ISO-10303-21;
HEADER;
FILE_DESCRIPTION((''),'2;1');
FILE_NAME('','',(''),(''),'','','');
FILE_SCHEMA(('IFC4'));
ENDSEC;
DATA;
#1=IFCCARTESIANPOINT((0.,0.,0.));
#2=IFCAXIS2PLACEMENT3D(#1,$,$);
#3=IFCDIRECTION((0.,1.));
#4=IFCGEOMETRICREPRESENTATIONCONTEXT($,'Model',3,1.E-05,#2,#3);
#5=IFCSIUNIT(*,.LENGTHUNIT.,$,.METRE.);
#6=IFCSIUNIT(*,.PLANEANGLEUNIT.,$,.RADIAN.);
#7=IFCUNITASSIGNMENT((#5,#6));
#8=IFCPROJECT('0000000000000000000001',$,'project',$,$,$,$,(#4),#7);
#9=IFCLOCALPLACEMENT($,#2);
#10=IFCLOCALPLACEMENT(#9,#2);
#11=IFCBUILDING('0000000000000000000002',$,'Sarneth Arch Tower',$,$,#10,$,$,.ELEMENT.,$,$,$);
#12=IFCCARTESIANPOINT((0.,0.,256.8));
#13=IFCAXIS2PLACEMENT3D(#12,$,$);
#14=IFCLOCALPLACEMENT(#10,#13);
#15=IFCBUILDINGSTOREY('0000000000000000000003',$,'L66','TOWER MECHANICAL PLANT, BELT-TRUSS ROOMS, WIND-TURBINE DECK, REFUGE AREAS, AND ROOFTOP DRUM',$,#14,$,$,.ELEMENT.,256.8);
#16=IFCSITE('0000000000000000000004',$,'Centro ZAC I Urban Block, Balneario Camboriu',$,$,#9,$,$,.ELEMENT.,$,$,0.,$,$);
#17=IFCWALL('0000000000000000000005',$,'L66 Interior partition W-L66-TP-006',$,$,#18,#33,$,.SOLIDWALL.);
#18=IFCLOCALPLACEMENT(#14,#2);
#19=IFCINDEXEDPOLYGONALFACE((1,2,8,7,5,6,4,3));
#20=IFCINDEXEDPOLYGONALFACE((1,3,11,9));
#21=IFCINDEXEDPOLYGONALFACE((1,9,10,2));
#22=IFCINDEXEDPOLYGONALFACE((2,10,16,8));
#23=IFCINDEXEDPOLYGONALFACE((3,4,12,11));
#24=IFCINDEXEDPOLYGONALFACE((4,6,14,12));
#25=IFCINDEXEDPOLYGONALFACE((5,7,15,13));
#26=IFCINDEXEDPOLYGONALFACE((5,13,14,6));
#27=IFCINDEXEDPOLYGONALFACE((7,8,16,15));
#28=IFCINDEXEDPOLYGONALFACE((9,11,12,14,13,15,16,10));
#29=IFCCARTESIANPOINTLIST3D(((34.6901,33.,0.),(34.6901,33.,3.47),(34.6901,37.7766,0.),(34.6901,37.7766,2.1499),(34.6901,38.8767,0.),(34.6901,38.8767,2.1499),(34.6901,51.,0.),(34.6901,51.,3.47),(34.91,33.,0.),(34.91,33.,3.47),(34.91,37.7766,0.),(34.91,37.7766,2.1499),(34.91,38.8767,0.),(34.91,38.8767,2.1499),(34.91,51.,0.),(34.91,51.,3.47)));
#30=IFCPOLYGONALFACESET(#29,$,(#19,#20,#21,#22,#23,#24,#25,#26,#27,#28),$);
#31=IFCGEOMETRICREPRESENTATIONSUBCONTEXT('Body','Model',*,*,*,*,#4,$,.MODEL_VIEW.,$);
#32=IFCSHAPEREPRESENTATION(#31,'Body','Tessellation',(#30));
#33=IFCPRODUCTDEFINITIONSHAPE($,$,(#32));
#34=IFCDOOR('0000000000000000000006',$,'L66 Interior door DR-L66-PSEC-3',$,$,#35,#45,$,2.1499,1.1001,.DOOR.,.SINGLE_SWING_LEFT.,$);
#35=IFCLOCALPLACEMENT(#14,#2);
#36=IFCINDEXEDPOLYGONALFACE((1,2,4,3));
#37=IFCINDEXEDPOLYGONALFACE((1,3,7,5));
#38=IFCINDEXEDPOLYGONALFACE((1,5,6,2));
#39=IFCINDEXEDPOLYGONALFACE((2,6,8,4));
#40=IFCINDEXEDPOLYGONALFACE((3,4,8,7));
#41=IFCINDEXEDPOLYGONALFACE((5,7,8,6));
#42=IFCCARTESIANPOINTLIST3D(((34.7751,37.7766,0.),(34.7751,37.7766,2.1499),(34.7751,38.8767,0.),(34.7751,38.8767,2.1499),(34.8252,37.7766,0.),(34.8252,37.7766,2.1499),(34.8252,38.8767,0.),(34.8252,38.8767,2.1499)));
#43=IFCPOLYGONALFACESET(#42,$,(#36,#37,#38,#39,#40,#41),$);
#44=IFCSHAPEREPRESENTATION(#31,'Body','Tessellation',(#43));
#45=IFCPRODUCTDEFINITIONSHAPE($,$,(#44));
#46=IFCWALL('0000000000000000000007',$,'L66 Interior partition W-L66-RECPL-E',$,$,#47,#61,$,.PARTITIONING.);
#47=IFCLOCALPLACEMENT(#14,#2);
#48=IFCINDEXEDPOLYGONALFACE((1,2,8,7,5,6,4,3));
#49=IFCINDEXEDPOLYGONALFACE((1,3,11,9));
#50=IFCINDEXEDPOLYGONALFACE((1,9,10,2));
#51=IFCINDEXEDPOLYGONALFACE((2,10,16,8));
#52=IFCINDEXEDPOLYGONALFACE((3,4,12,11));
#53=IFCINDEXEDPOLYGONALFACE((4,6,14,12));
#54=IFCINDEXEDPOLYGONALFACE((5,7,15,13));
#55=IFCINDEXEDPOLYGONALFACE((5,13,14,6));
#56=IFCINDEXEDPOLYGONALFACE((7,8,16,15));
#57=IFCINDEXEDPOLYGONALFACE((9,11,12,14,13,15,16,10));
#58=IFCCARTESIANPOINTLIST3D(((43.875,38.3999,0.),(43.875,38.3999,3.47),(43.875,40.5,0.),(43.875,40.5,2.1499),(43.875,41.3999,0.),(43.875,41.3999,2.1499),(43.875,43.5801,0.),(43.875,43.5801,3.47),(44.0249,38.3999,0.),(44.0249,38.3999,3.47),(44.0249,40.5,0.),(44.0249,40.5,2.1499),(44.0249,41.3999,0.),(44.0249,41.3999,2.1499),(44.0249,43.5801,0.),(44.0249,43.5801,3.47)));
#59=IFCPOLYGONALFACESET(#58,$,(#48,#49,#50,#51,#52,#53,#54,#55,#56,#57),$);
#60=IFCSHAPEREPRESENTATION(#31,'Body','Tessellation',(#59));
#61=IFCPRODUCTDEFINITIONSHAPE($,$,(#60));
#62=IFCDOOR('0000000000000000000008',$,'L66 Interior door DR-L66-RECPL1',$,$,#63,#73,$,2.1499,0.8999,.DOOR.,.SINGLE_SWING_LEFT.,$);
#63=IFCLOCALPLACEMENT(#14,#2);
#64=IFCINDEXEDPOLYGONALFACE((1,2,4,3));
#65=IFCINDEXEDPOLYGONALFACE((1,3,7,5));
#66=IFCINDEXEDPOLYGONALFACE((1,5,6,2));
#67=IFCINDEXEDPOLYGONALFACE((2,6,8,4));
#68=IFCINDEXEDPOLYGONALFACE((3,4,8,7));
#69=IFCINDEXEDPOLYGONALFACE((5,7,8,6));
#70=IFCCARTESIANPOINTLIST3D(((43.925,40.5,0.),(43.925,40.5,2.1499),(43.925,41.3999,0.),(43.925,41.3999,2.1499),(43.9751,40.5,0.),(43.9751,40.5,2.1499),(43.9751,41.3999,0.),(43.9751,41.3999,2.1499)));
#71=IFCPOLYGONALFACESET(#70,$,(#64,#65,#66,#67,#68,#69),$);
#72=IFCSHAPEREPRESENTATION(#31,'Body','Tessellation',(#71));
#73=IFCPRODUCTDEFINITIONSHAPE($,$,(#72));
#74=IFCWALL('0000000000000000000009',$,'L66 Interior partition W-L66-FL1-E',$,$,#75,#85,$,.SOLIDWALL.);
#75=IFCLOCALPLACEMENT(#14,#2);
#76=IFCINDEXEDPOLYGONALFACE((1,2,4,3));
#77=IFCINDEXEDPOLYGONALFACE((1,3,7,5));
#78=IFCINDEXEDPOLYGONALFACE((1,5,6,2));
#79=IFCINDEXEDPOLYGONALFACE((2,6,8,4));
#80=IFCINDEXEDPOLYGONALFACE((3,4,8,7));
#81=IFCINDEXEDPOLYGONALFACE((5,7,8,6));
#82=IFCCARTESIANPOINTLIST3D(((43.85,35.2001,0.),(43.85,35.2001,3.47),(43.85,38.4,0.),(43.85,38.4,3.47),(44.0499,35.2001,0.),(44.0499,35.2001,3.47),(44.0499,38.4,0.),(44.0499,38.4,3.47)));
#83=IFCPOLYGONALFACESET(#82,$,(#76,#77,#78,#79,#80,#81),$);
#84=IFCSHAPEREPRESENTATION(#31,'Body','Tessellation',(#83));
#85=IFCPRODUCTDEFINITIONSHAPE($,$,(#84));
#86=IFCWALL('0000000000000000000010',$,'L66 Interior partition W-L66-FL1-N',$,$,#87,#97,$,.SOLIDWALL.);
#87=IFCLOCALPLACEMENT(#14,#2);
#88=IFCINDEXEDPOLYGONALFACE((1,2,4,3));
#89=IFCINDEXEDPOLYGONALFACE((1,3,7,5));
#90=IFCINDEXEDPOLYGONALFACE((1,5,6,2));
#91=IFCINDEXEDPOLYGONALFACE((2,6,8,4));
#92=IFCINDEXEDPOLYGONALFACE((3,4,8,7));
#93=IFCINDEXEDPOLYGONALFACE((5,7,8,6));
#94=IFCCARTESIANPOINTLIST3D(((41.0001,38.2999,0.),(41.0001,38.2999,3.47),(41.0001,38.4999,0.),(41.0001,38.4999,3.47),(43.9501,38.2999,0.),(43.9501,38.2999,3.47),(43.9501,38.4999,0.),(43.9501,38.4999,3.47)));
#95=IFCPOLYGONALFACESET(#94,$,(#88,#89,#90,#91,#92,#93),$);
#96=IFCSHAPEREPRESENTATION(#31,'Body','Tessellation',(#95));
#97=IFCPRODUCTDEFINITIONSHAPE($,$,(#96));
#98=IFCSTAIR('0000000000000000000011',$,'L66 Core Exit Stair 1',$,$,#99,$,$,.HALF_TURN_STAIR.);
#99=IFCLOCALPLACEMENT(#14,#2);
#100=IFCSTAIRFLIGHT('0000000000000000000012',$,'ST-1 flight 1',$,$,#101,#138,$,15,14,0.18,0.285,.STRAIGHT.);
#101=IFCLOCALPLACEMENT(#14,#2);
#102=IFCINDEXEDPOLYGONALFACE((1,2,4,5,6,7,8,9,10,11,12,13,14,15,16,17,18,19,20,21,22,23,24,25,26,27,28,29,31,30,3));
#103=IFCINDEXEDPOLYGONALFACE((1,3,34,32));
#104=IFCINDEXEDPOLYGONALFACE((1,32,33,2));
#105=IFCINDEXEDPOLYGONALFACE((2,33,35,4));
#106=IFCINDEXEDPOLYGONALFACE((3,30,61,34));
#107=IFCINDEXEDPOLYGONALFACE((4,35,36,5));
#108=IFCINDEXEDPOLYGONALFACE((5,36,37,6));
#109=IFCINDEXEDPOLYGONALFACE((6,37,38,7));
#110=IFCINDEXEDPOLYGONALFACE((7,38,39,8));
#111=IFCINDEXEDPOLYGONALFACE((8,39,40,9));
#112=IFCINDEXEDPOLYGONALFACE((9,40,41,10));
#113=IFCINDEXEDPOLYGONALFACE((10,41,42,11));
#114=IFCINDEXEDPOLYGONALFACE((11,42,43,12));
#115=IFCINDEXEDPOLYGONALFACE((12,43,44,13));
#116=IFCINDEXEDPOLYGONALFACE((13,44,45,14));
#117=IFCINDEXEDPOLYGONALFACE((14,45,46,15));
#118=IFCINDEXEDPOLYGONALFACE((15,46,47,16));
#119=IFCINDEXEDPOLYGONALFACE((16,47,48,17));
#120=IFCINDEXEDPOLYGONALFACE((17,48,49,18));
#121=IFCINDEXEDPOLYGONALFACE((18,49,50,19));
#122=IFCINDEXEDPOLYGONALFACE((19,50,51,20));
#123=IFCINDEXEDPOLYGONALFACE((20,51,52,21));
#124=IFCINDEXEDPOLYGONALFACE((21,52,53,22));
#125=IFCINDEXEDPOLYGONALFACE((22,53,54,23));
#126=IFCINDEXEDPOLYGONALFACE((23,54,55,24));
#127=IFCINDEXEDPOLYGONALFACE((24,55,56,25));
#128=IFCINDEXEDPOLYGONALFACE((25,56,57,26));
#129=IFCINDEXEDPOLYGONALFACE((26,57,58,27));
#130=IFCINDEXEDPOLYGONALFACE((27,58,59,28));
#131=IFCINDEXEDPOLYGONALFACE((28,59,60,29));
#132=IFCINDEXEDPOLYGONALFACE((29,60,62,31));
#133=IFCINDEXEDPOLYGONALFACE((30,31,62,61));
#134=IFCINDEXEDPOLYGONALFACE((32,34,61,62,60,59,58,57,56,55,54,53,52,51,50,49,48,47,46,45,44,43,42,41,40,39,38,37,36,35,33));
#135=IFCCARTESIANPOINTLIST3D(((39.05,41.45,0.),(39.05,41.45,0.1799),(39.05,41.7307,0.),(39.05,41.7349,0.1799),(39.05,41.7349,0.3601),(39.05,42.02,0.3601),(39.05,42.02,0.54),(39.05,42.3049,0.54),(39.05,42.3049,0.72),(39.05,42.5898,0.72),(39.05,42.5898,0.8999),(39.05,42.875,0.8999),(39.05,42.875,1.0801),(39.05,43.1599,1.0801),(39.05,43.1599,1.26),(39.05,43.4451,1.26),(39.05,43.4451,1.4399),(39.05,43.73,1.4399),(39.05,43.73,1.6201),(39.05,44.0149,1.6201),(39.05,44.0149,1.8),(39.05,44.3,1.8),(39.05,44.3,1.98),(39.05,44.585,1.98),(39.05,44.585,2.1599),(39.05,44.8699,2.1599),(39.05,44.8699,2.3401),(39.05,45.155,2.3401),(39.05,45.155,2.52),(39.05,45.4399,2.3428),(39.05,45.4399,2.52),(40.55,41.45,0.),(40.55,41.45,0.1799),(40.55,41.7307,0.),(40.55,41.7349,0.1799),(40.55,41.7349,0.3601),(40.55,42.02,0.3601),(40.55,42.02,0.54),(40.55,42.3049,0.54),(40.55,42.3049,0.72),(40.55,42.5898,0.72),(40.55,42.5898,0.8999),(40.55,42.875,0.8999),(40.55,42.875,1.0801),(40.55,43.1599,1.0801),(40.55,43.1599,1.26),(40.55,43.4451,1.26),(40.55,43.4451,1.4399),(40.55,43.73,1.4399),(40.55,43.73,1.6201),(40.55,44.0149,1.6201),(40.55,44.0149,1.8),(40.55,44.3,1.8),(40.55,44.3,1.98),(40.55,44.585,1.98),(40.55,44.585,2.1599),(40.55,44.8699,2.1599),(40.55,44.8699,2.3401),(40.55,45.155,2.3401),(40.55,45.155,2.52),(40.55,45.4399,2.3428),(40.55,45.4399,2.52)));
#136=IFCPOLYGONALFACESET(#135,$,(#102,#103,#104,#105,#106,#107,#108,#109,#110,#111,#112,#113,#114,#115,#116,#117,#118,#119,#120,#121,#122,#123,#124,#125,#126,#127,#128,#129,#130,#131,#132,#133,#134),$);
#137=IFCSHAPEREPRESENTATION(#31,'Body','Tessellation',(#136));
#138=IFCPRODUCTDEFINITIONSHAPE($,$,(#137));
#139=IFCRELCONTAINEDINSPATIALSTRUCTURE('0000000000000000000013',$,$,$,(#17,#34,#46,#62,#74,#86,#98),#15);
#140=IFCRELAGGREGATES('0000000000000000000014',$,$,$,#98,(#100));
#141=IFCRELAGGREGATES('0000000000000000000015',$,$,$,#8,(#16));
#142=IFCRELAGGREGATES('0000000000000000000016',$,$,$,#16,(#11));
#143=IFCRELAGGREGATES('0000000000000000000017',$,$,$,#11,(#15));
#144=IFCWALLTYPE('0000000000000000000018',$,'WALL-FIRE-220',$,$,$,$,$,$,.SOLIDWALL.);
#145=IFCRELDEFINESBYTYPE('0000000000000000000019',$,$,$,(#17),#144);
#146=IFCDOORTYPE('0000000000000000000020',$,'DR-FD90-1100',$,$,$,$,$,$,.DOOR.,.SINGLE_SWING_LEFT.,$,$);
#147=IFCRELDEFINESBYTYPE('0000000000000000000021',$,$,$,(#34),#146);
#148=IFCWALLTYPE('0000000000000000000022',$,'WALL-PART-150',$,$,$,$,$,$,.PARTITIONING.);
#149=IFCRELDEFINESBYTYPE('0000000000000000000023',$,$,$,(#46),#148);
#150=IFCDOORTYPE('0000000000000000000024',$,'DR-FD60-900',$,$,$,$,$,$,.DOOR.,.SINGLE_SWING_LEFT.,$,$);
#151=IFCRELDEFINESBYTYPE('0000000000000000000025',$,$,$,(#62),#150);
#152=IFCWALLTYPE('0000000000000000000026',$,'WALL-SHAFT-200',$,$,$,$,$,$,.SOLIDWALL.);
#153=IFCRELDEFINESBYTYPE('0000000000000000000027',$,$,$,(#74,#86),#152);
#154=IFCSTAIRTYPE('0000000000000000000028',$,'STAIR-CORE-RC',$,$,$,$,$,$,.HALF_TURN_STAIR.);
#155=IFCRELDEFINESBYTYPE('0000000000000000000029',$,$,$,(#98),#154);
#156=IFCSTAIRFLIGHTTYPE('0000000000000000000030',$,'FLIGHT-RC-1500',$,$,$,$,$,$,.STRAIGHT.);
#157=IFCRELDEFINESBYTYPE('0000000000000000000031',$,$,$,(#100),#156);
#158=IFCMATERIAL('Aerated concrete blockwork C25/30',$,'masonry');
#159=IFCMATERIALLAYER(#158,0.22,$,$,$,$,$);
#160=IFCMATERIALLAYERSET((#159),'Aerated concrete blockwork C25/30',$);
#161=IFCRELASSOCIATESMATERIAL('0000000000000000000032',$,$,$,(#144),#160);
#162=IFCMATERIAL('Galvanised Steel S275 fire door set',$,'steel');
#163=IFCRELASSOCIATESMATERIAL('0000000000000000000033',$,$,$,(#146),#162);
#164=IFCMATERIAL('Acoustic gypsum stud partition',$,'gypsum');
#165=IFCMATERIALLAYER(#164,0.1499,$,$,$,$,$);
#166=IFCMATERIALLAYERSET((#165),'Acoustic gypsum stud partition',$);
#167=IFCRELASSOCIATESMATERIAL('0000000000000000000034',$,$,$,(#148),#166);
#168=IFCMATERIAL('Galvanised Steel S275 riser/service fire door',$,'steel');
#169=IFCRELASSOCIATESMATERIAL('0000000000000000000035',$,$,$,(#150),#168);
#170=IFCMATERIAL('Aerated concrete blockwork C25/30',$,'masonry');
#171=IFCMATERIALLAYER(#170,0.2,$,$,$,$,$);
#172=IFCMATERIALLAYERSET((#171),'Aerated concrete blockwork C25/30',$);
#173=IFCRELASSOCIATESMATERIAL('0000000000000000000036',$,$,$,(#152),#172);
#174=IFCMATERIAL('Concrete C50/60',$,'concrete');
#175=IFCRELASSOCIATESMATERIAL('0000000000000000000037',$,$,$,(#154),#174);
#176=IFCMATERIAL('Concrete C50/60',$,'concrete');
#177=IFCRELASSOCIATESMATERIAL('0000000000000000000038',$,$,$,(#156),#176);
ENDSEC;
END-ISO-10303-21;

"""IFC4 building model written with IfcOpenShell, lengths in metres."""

from ifc_helpers import new_model, si_unit, direction, frame, frame_2d, origin, place, context, subcontext, project, spatial, polyline, rectangle, outline, extrude, material, layer, layer_set, type_object, element, fill, aggregate, save


model = new_model("IFC4")

# Units and contexts
model_context = context("Model", 3, precision=1e-05, world=origin(), true_north=direction((0.0, 1.0)))
body_context = subcontext(model_context, "Body", "Model", "MODEL_VIEW")
ifc_project = project(units=[si_unit("LENGTHUNIT", "METRE"), si_unit("PLANEANGLEUNIT", "RADIAN")], contexts=[model_context])

# Site, building, storey
site_placement = place(None, origin())
site = spatial("IfcSite", under=ifc_project, at=site_placement, Name="Centro ZAC I Urban Block, Balneario Camboriu", CompositionType="ELEMENT", RefElevation=0.0)
building_placement = place(site_placement, origin())
building = spatial("IfcBuilding", under=site, at=building_placement, Name="Sarneth Arch Tower", CompositionType="ELEMENT")
storey_placement = place(building_placement, frame((0.0, 0.0, 256.8)))
storey = spatial("IfcBuildingStorey", under=building, at=storey_placement, Name="L66", Description="TOWER MECHANICAL PLANT, BELT-TRUSS ROOMS, WIND-TURBINE DECK, REFUGE AREAS, AND ROOFTOP DRUM", CompositionType="ELEMENT", Elevation=256.8)

# Walls, openings, doors
ifc_material_1 = material(Name="Aerated concrete blockwork C25/30", Category="masonry")
ifc_layer_1 = layer(ifc_material_1, 0.22)
ifc_layer_set_1 = layer_set([ifc_layer_1], Name="Aerated concrete blockwork C25/30")
wall_type_1 = type_object("IfcWallType", Name="WALL-FIRE-220", PredefinedType="SOLIDWALL", material=ifc_layer_set_1)
wall_1_placement = place(storey_placement, frame((34.8, 33.0, 0.0), z_axis=(0.0, 0.0, 1.0), x_axis=(0.0, 1.0, 0.0)))
wall_1 = element("IfcWall", 1, at=wall_1_placement, inside=storey, type_object=wall_type_1, Name="L66 Interior partition W-L66-TP-006", PredefinedType="SOLIDWALL", context=body_context, shape_type="SweptSolid", body=[
    extrude(rectangle(XDim=18.0, YDim=0.22, at=frame_2d((9.0, 0.0))), origin(), (0.0, 0.0, 1.0), 3.47),
])
opening_1_placement = place(wall_1_placement, frame((4.7766, 0.0, 0.0)))
opening_1 = element("IfcOpeningElement", 2, at=opening_1_placement, cuts=wall_1, PredefinedType="OPENING", context=body_context, shape_type="SweptSolid", body=[
    extrude(rectangle(XDim=1.1001, YDim=2.1499, at=frame_2d((0.55, 1.075))), frame((0.0, 0.1199, 0.0), z_axis=(0.0, -1.0, 0.0), x_axis=(1.0, 0.0, 0.0)), (0.0, 0.0, 1.0), 0.24),
])
ifc_material_2 = material(Name="Galvanised Steel S275 fire door set", Category="steel")
door_type_1 = type_object("IfcDoorType", Name="DR-FD90-1100", OperationType="SINGLE_SWING_LEFT", PredefinedType="DOOR", material=ifc_material_2)
door_1_placement = place(opening_1_placement, origin())
door_1 = element("IfcDoor", 3, at=door_1_placement, inside=storey, type_object=door_type_1, Name="L66 Interior door DR-L66-PSEC-3", OperationType="SINGLE_SWING_LEFT", OverallHeight=2.1499, OverallWidth=1.1001, PredefinedType="DOOR", context=body_context, shape_type="SweptSolid", body=[
    extrude(rectangle(XDim=1.1001, YDim=2.1499, at=frame_2d((0.55, 1.075))), frame((0.0, 0.0249, 0.0), z_axis=(0.0, -1.0, 0.0), x_axis=(1.0, 0.0, 0.0)), (0.0, 0.0, 1.0), 0.05),
])
fill(opening_1, door_1)
ifc_material_3 = material(Name="Acoustic gypsum stud partition", Category="gypsum")
ifc_layer_2 = layer(ifc_material_3, 0.1499)
ifc_layer_set_2 = layer_set([ifc_layer_2], Name="Acoustic gypsum stud partition")
wall_type_2 = type_object("IfcWallType", Name="WALL-PART-150", PredefinedType="PARTITIONING", material=ifc_layer_set_2)
wall_2_placement = place(storey_placement, frame((43.95, 38.3999, 0.0), z_axis=(0.0, 0.0, 1.0), x_axis=(0.0, 1.0, 0.0)))
wall_2 = element("IfcWall", 4, at=wall_2_placement, inside=storey, type_object=wall_type_2, Name="L66 Interior partition W-L66-RECPL-E", PredefinedType="PARTITIONING", context=body_context, shape_type="SweptSolid", body=[
    extrude(rectangle(XDim=5.1802, YDim=0.1499, at=frame_2d((2.5901, 0.0))), origin(), (0.0, 0.0, 1.0), 3.47),
])
opening_2_placement = place(wall_2_placement, frame((2.1001, 0.0, 0.0)))
opening_2 = element("IfcOpeningElement", 5, at=opening_2_placement, cuts=wall_2, PredefinedType="OPENING", context=body_context, shape_type="SweptSolid", body=[
    extrude(rectangle(XDim=0.8999, YDim=2.1499, at=frame_2d((0.45, 1.075))), frame((0.0, 0.085, 0.0), z_axis=(0.0, -1.0, 0.0), x_axis=(1.0, 0.0, 0.0)), (0.0, 0.0, 1.0), 0.1699),
])
ifc_material_4 = material(Name="Galvanised Steel S275 riser/service fire door", Category="steel")
door_type_2 = type_object("IfcDoorType", Name="DR-FD60-900", OperationType="SINGLE_SWING_LEFT", PredefinedType="DOOR", material=ifc_material_4)
door_2_placement = place(opening_2_placement, origin())
door_2 = element("IfcDoor", 6, at=door_2_placement, inside=storey, type_object=door_type_2, Name="L66 Interior door DR-L66-RECPL1", OperationType="SINGLE_SWING_LEFT", OverallHeight=2.1499, OverallWidth=0.8999, PredefinedType="DOOR", context=body_context, shape_type="SweptSolid", body=[
    extrude(rectangle(XDim=0.8999, YDim=2.1499, at=frame_2d((0.45, 1.075))), frame((0.0, 0.0249, 0.0), z_axis=(0.0, -1.0, 0.0), x_axis=(1.0, 0.0, 0.0)), (0.0, 0.0, 1.0), 0.05),
])
fill(opening_2, door_2)
ifc_material_5 = material(Name="Aerated concrete blockwork C25/30", Category="masonry")
ifc_layer_3 = layer(ifc_material_5, 0.2)
ifc_layer_set_3 = layer_set([ifc_layer_3], Name="Aerated concrete blockwork C25/30")
wall_type_3 = type_object("IfcWallType", Name="WALL-SHAFT-200", PredefinedType="SOLIDWALL", material=ifc_layer_set_3)

# Walls
wall_3_placement = place(storey_placement, frame((43.95, 35.2, 0.0), z_axis=(0.0, 0.0, 1.0), x_axis=(0.0, 1.0, 0.0)))
element("IfcWall", 7, at=wall_3_placement, inside=storey, type_object=wall_type_3, Name="L66 Interior partition W-L66-FL1-E", PredefinedType="SOLIDWALL", context=body_context, shape_type="SweptSolid", body=[
    extrude(rectangle(XDim=3.2, YDim=0.2, at=frame_2d((1.6001, 0.0))), origin(), (0.0, 0.0, 1.0), 3.47),
])
wall_4_placement = place(storey_placement, frame((41.0, 38.3999, 0.0), z_axis=(0.0, 0.0, 1.0), x_axis=(1.0, 0.0, 0.0)))
element("IfcWall", 8, at=wall_4_placement, inside=storey, type_object=wall_type_3, Name="L66 Interior partition W-L66-FL1-N", PredefinedType="SOLIDWALL", context=body_context, shape_type="SweptSolid", body=[
    extrude(rectangle(XDim=2.95, YDim=0.2, at=frame_2d((1.4751, 0.0))), origin(), (0.0, 0.0, 1.0), 3.47),
])

# Stair, stair flight
ifc_material_6 = material(Name="Concrete C50/60", Category="concrete")
stair_type = type_object("IfcStairType", Name="STAIR-CORE-RC", PredefinedType="HALF_TURN_STAIR", material=ifc_material_6)
stair_placement = place(storey_placement, origin())
stair = element("IfcStair", 9, at=stair_placement, inside=storey, type_object=stair_type, Name="L66 Core Exit Stair 1", PredefinedType="HALF_TURN_STAIR")
ifc_material_7 = material(Name="Concrete C50/60", Category="concrete")
stair_flight_type = type_object("IfcStairFlightType", Name="FLIGHT-RC-1500", PredefinedType="STRAIGHT", material=ifc_material_7)
stair_flight_placement = place(storey_placement, frame((39.8, 41.45, 0.0), z_axis=(0.0, 0.0, 1.0), x_axis=(0.0, 1.0, 0.0)))
stair_flight = element("IfcStairFlight", 10, at=stair_flight_placement, type_object=stair_flight_type, Name="ST-1 flight 1", NumberOfRisers=15, NumberOfTreads=14, PredefinedType="STRAIGHT", RiserHeight=0.18, TreadLength=0.285, context=body_context, shape_type="SweptSolid", body=[
    extrude(outline(polyline([(0.0, 0.0), (0.0, 0.1799), (0.2849, 0.1799), (0.2849, 0.3601), (0.5701, 0.3601), (0.5701, 0.54), (0.855, 0.54), (0.855, 0.72), (1.1399, 0.72), (1.1399, 0.8999), (1.425, 0.8999), (1.425, 1.0801), (1.71, 1.0801), (1.71, 1.26), (1.9951, 1.26), (1.9951, 1.4399), (2.28, 1.4399), (2.28, 1.6201), (2.5649, 1.6201), (2.5649, 1.8), (2.8501, 1.8), (2.8501, 1.98), (3.135, 1.98), (3.135, 2.1599), (3.4199, 2.1599), (3.4199, 2.3401), (3.7051, 2.3401), (3.7051, 2.52), (3.99, 2.52), (3.99, 2.7), (3.99, 2.3428), (0.2808, 0.0), (0.0, 0.0)])), frame((0.0, 0.75, 0.0), z_axis=(0.0, -1.0, 0.0), x_axis=(1.0, 0.0, 0.0)), (0.0, 0.0, 1.0), 1.5),
])
aggregate(stair, [stair_flight])

save(model, "model.ifc")
